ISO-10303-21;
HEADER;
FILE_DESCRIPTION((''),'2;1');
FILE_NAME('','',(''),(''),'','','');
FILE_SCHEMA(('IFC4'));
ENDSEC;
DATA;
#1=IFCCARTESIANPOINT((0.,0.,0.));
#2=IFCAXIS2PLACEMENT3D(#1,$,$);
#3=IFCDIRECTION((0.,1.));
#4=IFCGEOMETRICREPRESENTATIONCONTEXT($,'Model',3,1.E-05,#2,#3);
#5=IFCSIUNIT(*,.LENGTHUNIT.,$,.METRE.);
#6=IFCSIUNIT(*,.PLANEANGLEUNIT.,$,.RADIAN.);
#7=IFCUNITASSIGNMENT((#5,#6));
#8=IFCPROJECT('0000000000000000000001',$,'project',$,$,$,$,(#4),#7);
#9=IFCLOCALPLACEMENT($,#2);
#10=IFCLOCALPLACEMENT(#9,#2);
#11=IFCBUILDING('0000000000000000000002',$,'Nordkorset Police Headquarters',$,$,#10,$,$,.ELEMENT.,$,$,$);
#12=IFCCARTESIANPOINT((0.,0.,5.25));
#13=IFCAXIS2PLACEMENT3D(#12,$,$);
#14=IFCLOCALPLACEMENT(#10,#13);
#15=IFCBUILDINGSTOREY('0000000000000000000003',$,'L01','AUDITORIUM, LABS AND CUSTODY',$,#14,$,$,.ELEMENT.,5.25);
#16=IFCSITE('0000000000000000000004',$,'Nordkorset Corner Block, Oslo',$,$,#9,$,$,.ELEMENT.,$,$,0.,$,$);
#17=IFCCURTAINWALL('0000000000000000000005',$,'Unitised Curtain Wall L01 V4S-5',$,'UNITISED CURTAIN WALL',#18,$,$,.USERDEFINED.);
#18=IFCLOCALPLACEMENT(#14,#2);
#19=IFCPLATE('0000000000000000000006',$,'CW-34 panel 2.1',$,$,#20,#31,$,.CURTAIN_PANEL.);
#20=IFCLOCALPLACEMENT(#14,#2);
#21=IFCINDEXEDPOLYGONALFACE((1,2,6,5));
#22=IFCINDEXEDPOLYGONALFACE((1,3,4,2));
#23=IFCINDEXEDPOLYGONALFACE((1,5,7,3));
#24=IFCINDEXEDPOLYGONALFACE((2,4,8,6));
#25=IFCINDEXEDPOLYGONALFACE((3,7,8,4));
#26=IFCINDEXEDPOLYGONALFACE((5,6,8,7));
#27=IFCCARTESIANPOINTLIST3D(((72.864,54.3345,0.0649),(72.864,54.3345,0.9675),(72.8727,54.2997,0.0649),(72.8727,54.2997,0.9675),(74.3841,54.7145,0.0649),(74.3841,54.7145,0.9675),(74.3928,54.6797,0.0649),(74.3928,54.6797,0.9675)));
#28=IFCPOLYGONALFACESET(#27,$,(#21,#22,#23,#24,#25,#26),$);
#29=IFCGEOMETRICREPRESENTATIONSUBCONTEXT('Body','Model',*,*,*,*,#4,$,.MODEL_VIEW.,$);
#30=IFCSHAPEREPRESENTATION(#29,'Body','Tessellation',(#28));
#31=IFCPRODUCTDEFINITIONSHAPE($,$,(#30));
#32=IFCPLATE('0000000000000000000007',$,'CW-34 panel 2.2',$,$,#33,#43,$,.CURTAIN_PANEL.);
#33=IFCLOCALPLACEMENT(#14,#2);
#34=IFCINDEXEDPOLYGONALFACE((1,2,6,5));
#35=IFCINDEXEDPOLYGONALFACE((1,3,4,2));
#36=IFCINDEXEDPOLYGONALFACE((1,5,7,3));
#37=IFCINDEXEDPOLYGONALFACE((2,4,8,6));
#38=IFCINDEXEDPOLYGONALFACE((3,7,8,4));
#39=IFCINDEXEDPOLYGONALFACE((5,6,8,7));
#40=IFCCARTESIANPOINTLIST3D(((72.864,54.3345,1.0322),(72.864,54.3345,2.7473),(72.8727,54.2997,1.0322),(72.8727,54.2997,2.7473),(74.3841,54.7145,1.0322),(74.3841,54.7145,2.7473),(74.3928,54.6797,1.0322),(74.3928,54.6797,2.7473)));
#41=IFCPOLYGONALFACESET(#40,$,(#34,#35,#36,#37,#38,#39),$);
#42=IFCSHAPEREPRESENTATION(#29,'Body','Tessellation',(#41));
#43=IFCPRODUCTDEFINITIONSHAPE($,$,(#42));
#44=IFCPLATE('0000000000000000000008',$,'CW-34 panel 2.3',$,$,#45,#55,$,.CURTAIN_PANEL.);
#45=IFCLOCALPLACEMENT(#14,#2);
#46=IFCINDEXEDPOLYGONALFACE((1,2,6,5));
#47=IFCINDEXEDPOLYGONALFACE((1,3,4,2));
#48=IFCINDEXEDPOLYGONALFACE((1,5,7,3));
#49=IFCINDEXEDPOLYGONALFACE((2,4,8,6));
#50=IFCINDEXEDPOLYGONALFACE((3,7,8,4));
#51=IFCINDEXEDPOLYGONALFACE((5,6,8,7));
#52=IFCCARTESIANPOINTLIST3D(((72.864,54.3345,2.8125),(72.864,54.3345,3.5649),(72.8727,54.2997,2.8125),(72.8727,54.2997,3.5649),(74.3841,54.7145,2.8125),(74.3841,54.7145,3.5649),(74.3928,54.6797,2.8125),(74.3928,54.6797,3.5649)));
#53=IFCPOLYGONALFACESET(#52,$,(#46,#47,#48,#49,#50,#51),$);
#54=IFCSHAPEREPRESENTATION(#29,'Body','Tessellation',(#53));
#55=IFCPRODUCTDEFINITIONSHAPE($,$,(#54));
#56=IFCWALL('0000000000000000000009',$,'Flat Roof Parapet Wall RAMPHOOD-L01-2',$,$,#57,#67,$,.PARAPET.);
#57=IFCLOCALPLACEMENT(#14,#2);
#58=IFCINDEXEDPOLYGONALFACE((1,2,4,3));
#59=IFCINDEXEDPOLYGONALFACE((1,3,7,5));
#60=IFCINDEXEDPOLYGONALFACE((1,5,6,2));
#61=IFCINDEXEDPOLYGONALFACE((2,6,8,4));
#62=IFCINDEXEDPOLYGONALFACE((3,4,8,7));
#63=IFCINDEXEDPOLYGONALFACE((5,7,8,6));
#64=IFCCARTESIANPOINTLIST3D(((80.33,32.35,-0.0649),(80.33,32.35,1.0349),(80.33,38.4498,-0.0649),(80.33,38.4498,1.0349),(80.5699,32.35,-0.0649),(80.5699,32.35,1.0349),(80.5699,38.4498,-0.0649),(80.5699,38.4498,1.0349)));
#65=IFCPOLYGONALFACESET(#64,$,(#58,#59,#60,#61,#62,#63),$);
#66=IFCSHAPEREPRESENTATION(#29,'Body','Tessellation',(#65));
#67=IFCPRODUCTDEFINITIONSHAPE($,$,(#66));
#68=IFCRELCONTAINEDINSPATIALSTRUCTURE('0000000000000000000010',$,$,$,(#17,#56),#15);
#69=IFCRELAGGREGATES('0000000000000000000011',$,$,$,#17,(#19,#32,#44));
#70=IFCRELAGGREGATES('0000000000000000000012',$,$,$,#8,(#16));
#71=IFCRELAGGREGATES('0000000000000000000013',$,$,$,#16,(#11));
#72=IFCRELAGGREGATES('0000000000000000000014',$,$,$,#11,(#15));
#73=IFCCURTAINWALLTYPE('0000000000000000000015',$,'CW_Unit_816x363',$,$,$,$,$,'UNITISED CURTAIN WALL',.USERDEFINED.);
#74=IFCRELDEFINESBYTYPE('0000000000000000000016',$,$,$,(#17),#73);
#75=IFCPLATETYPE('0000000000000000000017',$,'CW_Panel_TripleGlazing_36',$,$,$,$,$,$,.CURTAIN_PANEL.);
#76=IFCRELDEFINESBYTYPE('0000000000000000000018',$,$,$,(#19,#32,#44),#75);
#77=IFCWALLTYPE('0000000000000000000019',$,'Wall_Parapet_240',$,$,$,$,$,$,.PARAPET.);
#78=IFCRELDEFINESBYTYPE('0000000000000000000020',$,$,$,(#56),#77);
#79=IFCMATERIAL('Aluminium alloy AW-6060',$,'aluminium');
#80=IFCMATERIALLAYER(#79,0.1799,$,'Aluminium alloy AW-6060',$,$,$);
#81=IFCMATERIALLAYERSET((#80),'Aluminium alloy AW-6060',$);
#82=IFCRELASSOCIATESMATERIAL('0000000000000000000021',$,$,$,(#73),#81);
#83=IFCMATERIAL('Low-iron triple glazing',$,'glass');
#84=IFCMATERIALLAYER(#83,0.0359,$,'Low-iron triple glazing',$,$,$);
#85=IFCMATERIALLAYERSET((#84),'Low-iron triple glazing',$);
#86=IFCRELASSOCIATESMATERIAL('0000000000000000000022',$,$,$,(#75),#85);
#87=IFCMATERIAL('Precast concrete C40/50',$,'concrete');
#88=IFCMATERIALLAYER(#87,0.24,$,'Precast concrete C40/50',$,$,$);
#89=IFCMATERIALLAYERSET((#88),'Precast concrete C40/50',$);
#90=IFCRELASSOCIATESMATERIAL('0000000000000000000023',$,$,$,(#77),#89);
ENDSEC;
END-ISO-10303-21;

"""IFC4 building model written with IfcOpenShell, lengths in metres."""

from ifc_helpers import new_model, si_unit, direction, frame, frame_2d, origin, origin_2d, place, context, subcontext, project, spatial, rectangle, extrude, material, layer, layer_set, type_object, element, aggregate, save


model = new_model("IFC4")

# Units and contexts
model_context = context("Model", 3, precision=1e-05, world=origin(), true_north=direction((0.0, 1.0)))
body_context = subcontext(model_context, "Body", "Model", "MODEL_VIEW")
ifc_project = project(units=[si_unit("LENGTHUNIT", "METRE"), si_unit("PLANEANGLEUNIT", "RADIAN")], contexts=[model_context])

# Site, building, storey
site_placement = place(None, origin())
site = spatial("IfcSite", under=ifc_project, at=site_placement, Name="Nordkorset Corner Block, Oslo", CompositionType="ELEMENT", RefElevation=0.0)
building_placement = place(site_placement, origin())
building = spatial("IfcBuilding", under=site, at=building_placement, Name="Nordkorset Police Headquarters", CompositionType="ELEMENT")
storey_placement = place(building_placement, frame((0.0, 0.0, 5.25)))
storey = spatial("IfcBuildingStorey", under=building, at=storey_placement, Name="L01", Description="AUDITORIUM, LABS AND CUSTODY", CompositionType="ELEMENT", Elevation=5.25)

# Shared definitions
ifc_material_1 = material(Name="Aluminium alloy AW-6060", Category="aluminium")
ifc_layer_1 = layer(ifc_material_1, 0.1799, Name="Aluminium alloy AW-6060")
ifc_layer_set_1 = layer_set([ifc_layer_1], Name="Aluminium alloy AW-6060")
curtain_wall_type = type_object("IfcCurtainWallType", Name="CW_Unit_816x363", ElementType="UNITISED CURTAIN WALL", PredefinedType="USERDEFINED", material=ifc_layer_set_1)

# Curtain wall
curtain_wall_1_placement = place(storey_placement, origin())
curtain_wall_1 = element("IfcCurtainWall", 1, at=curtain_wall_1_placement, inside=storey, type_object=curtain_wall_type, Name="Unitised Curtain Wall L01 V4S-5", ObjectType="UNITISED CURTAIN WALL", PredefinedType="USERDEFINED")

# Plates
ifc_material_2 = material(Name="Low-iron triple glazing", Category="glass")
ifc_layer_2 = layer(ifc_material_2, 0.0359, Name="Low-iron triple glazing")
ifc_layer_set_2 = layer_set([ifc_layer_2], Name="Low-iron triple glazing")
plate_type = type_object("IfcPlateType", Name="CW_Panel_TripleGlazing_36", PredefinedType="CURTAIN_PANEL", material=ifc_layer_set_2)
plate_1_placement = place(storey_placement, frame((73.6284, 54.5071, 0.0649), z_axis=(0.0, 0.0, 1.0), x_axis=(0.970143, 0.242536, 0.0)))
plate_1 = element("IfcPlate", 2, at=plate_1_placement, type_object=plate_type, Name="CW-34 panel 2.1", PredefinedType="CURTAIN_PANEL", context=body_context, shape_type="SweptSolid", body=[
    extrude(rectangle(XDim=1.5669, YDim=0.0359, at=origin_2d()), origin(), (0.0, 0.0, 1.0), 0.9026),
])
plate_2_placement = place(storey_placement, frame((73.6284, 54.5071, 1.0322), z_axis=(0.0, 0.0, 1.0), x_axis=(0.970143, 0.242536, 0.0)))
plate_2 = element("IfcPlate", 3, at=plate_2_placement, type_object=plate_type, Name="CW-34 panel 2.2", PredefinedType="CURTAIN_PANEL", context=body_context, shape_type="SweptSolid", body=[
    extrude(rectangle(XDim=1.5669, YDim=0.0359, at=origin_2d()), origin(), (0.0, 0.0, 1.0), 1.7151),
])
plate_3_placement = place(storey_placement, frame((73.6284, 54.5071, 2.8125), z_axis=(0.0, 0.0, 1.0), x_axis=(0.970143, 0.242536, 0.0)))
plate_3 = element("IfcPlate", 4, at=plate_3_placement, type_object=plate_type, Name="CW-34 panel 2.3", PredefinedType="CURTAIN_PANEL", context=body_context, shape_type="SweptSolid", body=[
    extrude(rectangle(XDim=1.5669, YDim=0.0359, at=origin_2d()), origin(), (0.0, 0.0, 1.0), 0.7524),
])
aggregate(curtain_wall_1, [plate_1, plate_2, plate_3])

# Wall
ifc_material_3 = material(Name="Precast concrete C40/50", Category="concrete")
ifc_layer_3 = layer(ifc_material_3, 0.24, Name="Precast concrete C40/50")
ifc_layer_set_3 = layer_set([ifc_layer_3], Name="Precast concrete C40/50")
wall_type = type_object("IfcWallType", Name="Wall_Parapet_240", PredefinedType="PARAPET", material=ifc_layer_set_3)
wall_placement = place(storey_placement, frame((80.45, 32.3501, -0.0649), z_axis=(0.0, 0.0, 1.0), x_axis=(0.0, 1.0, 0.0)))
element("IfcWall", 5, at=wall_placement, inside=storey, type_object=wall_type, Name="Flat Roof Parapet Wall RAMPHOOD-L01-2", PredefinedType="PARAPET", context=body_context, shape_type="SweptSolid", body=[
    extrude(rectangle(XDim=6.0999, YDim=0.24, at=frame_2d((3.0498, 0.0))), origin(), (0.0, 0.0, 1.0), 1.0999),
])

save(model, "model.ifc")
